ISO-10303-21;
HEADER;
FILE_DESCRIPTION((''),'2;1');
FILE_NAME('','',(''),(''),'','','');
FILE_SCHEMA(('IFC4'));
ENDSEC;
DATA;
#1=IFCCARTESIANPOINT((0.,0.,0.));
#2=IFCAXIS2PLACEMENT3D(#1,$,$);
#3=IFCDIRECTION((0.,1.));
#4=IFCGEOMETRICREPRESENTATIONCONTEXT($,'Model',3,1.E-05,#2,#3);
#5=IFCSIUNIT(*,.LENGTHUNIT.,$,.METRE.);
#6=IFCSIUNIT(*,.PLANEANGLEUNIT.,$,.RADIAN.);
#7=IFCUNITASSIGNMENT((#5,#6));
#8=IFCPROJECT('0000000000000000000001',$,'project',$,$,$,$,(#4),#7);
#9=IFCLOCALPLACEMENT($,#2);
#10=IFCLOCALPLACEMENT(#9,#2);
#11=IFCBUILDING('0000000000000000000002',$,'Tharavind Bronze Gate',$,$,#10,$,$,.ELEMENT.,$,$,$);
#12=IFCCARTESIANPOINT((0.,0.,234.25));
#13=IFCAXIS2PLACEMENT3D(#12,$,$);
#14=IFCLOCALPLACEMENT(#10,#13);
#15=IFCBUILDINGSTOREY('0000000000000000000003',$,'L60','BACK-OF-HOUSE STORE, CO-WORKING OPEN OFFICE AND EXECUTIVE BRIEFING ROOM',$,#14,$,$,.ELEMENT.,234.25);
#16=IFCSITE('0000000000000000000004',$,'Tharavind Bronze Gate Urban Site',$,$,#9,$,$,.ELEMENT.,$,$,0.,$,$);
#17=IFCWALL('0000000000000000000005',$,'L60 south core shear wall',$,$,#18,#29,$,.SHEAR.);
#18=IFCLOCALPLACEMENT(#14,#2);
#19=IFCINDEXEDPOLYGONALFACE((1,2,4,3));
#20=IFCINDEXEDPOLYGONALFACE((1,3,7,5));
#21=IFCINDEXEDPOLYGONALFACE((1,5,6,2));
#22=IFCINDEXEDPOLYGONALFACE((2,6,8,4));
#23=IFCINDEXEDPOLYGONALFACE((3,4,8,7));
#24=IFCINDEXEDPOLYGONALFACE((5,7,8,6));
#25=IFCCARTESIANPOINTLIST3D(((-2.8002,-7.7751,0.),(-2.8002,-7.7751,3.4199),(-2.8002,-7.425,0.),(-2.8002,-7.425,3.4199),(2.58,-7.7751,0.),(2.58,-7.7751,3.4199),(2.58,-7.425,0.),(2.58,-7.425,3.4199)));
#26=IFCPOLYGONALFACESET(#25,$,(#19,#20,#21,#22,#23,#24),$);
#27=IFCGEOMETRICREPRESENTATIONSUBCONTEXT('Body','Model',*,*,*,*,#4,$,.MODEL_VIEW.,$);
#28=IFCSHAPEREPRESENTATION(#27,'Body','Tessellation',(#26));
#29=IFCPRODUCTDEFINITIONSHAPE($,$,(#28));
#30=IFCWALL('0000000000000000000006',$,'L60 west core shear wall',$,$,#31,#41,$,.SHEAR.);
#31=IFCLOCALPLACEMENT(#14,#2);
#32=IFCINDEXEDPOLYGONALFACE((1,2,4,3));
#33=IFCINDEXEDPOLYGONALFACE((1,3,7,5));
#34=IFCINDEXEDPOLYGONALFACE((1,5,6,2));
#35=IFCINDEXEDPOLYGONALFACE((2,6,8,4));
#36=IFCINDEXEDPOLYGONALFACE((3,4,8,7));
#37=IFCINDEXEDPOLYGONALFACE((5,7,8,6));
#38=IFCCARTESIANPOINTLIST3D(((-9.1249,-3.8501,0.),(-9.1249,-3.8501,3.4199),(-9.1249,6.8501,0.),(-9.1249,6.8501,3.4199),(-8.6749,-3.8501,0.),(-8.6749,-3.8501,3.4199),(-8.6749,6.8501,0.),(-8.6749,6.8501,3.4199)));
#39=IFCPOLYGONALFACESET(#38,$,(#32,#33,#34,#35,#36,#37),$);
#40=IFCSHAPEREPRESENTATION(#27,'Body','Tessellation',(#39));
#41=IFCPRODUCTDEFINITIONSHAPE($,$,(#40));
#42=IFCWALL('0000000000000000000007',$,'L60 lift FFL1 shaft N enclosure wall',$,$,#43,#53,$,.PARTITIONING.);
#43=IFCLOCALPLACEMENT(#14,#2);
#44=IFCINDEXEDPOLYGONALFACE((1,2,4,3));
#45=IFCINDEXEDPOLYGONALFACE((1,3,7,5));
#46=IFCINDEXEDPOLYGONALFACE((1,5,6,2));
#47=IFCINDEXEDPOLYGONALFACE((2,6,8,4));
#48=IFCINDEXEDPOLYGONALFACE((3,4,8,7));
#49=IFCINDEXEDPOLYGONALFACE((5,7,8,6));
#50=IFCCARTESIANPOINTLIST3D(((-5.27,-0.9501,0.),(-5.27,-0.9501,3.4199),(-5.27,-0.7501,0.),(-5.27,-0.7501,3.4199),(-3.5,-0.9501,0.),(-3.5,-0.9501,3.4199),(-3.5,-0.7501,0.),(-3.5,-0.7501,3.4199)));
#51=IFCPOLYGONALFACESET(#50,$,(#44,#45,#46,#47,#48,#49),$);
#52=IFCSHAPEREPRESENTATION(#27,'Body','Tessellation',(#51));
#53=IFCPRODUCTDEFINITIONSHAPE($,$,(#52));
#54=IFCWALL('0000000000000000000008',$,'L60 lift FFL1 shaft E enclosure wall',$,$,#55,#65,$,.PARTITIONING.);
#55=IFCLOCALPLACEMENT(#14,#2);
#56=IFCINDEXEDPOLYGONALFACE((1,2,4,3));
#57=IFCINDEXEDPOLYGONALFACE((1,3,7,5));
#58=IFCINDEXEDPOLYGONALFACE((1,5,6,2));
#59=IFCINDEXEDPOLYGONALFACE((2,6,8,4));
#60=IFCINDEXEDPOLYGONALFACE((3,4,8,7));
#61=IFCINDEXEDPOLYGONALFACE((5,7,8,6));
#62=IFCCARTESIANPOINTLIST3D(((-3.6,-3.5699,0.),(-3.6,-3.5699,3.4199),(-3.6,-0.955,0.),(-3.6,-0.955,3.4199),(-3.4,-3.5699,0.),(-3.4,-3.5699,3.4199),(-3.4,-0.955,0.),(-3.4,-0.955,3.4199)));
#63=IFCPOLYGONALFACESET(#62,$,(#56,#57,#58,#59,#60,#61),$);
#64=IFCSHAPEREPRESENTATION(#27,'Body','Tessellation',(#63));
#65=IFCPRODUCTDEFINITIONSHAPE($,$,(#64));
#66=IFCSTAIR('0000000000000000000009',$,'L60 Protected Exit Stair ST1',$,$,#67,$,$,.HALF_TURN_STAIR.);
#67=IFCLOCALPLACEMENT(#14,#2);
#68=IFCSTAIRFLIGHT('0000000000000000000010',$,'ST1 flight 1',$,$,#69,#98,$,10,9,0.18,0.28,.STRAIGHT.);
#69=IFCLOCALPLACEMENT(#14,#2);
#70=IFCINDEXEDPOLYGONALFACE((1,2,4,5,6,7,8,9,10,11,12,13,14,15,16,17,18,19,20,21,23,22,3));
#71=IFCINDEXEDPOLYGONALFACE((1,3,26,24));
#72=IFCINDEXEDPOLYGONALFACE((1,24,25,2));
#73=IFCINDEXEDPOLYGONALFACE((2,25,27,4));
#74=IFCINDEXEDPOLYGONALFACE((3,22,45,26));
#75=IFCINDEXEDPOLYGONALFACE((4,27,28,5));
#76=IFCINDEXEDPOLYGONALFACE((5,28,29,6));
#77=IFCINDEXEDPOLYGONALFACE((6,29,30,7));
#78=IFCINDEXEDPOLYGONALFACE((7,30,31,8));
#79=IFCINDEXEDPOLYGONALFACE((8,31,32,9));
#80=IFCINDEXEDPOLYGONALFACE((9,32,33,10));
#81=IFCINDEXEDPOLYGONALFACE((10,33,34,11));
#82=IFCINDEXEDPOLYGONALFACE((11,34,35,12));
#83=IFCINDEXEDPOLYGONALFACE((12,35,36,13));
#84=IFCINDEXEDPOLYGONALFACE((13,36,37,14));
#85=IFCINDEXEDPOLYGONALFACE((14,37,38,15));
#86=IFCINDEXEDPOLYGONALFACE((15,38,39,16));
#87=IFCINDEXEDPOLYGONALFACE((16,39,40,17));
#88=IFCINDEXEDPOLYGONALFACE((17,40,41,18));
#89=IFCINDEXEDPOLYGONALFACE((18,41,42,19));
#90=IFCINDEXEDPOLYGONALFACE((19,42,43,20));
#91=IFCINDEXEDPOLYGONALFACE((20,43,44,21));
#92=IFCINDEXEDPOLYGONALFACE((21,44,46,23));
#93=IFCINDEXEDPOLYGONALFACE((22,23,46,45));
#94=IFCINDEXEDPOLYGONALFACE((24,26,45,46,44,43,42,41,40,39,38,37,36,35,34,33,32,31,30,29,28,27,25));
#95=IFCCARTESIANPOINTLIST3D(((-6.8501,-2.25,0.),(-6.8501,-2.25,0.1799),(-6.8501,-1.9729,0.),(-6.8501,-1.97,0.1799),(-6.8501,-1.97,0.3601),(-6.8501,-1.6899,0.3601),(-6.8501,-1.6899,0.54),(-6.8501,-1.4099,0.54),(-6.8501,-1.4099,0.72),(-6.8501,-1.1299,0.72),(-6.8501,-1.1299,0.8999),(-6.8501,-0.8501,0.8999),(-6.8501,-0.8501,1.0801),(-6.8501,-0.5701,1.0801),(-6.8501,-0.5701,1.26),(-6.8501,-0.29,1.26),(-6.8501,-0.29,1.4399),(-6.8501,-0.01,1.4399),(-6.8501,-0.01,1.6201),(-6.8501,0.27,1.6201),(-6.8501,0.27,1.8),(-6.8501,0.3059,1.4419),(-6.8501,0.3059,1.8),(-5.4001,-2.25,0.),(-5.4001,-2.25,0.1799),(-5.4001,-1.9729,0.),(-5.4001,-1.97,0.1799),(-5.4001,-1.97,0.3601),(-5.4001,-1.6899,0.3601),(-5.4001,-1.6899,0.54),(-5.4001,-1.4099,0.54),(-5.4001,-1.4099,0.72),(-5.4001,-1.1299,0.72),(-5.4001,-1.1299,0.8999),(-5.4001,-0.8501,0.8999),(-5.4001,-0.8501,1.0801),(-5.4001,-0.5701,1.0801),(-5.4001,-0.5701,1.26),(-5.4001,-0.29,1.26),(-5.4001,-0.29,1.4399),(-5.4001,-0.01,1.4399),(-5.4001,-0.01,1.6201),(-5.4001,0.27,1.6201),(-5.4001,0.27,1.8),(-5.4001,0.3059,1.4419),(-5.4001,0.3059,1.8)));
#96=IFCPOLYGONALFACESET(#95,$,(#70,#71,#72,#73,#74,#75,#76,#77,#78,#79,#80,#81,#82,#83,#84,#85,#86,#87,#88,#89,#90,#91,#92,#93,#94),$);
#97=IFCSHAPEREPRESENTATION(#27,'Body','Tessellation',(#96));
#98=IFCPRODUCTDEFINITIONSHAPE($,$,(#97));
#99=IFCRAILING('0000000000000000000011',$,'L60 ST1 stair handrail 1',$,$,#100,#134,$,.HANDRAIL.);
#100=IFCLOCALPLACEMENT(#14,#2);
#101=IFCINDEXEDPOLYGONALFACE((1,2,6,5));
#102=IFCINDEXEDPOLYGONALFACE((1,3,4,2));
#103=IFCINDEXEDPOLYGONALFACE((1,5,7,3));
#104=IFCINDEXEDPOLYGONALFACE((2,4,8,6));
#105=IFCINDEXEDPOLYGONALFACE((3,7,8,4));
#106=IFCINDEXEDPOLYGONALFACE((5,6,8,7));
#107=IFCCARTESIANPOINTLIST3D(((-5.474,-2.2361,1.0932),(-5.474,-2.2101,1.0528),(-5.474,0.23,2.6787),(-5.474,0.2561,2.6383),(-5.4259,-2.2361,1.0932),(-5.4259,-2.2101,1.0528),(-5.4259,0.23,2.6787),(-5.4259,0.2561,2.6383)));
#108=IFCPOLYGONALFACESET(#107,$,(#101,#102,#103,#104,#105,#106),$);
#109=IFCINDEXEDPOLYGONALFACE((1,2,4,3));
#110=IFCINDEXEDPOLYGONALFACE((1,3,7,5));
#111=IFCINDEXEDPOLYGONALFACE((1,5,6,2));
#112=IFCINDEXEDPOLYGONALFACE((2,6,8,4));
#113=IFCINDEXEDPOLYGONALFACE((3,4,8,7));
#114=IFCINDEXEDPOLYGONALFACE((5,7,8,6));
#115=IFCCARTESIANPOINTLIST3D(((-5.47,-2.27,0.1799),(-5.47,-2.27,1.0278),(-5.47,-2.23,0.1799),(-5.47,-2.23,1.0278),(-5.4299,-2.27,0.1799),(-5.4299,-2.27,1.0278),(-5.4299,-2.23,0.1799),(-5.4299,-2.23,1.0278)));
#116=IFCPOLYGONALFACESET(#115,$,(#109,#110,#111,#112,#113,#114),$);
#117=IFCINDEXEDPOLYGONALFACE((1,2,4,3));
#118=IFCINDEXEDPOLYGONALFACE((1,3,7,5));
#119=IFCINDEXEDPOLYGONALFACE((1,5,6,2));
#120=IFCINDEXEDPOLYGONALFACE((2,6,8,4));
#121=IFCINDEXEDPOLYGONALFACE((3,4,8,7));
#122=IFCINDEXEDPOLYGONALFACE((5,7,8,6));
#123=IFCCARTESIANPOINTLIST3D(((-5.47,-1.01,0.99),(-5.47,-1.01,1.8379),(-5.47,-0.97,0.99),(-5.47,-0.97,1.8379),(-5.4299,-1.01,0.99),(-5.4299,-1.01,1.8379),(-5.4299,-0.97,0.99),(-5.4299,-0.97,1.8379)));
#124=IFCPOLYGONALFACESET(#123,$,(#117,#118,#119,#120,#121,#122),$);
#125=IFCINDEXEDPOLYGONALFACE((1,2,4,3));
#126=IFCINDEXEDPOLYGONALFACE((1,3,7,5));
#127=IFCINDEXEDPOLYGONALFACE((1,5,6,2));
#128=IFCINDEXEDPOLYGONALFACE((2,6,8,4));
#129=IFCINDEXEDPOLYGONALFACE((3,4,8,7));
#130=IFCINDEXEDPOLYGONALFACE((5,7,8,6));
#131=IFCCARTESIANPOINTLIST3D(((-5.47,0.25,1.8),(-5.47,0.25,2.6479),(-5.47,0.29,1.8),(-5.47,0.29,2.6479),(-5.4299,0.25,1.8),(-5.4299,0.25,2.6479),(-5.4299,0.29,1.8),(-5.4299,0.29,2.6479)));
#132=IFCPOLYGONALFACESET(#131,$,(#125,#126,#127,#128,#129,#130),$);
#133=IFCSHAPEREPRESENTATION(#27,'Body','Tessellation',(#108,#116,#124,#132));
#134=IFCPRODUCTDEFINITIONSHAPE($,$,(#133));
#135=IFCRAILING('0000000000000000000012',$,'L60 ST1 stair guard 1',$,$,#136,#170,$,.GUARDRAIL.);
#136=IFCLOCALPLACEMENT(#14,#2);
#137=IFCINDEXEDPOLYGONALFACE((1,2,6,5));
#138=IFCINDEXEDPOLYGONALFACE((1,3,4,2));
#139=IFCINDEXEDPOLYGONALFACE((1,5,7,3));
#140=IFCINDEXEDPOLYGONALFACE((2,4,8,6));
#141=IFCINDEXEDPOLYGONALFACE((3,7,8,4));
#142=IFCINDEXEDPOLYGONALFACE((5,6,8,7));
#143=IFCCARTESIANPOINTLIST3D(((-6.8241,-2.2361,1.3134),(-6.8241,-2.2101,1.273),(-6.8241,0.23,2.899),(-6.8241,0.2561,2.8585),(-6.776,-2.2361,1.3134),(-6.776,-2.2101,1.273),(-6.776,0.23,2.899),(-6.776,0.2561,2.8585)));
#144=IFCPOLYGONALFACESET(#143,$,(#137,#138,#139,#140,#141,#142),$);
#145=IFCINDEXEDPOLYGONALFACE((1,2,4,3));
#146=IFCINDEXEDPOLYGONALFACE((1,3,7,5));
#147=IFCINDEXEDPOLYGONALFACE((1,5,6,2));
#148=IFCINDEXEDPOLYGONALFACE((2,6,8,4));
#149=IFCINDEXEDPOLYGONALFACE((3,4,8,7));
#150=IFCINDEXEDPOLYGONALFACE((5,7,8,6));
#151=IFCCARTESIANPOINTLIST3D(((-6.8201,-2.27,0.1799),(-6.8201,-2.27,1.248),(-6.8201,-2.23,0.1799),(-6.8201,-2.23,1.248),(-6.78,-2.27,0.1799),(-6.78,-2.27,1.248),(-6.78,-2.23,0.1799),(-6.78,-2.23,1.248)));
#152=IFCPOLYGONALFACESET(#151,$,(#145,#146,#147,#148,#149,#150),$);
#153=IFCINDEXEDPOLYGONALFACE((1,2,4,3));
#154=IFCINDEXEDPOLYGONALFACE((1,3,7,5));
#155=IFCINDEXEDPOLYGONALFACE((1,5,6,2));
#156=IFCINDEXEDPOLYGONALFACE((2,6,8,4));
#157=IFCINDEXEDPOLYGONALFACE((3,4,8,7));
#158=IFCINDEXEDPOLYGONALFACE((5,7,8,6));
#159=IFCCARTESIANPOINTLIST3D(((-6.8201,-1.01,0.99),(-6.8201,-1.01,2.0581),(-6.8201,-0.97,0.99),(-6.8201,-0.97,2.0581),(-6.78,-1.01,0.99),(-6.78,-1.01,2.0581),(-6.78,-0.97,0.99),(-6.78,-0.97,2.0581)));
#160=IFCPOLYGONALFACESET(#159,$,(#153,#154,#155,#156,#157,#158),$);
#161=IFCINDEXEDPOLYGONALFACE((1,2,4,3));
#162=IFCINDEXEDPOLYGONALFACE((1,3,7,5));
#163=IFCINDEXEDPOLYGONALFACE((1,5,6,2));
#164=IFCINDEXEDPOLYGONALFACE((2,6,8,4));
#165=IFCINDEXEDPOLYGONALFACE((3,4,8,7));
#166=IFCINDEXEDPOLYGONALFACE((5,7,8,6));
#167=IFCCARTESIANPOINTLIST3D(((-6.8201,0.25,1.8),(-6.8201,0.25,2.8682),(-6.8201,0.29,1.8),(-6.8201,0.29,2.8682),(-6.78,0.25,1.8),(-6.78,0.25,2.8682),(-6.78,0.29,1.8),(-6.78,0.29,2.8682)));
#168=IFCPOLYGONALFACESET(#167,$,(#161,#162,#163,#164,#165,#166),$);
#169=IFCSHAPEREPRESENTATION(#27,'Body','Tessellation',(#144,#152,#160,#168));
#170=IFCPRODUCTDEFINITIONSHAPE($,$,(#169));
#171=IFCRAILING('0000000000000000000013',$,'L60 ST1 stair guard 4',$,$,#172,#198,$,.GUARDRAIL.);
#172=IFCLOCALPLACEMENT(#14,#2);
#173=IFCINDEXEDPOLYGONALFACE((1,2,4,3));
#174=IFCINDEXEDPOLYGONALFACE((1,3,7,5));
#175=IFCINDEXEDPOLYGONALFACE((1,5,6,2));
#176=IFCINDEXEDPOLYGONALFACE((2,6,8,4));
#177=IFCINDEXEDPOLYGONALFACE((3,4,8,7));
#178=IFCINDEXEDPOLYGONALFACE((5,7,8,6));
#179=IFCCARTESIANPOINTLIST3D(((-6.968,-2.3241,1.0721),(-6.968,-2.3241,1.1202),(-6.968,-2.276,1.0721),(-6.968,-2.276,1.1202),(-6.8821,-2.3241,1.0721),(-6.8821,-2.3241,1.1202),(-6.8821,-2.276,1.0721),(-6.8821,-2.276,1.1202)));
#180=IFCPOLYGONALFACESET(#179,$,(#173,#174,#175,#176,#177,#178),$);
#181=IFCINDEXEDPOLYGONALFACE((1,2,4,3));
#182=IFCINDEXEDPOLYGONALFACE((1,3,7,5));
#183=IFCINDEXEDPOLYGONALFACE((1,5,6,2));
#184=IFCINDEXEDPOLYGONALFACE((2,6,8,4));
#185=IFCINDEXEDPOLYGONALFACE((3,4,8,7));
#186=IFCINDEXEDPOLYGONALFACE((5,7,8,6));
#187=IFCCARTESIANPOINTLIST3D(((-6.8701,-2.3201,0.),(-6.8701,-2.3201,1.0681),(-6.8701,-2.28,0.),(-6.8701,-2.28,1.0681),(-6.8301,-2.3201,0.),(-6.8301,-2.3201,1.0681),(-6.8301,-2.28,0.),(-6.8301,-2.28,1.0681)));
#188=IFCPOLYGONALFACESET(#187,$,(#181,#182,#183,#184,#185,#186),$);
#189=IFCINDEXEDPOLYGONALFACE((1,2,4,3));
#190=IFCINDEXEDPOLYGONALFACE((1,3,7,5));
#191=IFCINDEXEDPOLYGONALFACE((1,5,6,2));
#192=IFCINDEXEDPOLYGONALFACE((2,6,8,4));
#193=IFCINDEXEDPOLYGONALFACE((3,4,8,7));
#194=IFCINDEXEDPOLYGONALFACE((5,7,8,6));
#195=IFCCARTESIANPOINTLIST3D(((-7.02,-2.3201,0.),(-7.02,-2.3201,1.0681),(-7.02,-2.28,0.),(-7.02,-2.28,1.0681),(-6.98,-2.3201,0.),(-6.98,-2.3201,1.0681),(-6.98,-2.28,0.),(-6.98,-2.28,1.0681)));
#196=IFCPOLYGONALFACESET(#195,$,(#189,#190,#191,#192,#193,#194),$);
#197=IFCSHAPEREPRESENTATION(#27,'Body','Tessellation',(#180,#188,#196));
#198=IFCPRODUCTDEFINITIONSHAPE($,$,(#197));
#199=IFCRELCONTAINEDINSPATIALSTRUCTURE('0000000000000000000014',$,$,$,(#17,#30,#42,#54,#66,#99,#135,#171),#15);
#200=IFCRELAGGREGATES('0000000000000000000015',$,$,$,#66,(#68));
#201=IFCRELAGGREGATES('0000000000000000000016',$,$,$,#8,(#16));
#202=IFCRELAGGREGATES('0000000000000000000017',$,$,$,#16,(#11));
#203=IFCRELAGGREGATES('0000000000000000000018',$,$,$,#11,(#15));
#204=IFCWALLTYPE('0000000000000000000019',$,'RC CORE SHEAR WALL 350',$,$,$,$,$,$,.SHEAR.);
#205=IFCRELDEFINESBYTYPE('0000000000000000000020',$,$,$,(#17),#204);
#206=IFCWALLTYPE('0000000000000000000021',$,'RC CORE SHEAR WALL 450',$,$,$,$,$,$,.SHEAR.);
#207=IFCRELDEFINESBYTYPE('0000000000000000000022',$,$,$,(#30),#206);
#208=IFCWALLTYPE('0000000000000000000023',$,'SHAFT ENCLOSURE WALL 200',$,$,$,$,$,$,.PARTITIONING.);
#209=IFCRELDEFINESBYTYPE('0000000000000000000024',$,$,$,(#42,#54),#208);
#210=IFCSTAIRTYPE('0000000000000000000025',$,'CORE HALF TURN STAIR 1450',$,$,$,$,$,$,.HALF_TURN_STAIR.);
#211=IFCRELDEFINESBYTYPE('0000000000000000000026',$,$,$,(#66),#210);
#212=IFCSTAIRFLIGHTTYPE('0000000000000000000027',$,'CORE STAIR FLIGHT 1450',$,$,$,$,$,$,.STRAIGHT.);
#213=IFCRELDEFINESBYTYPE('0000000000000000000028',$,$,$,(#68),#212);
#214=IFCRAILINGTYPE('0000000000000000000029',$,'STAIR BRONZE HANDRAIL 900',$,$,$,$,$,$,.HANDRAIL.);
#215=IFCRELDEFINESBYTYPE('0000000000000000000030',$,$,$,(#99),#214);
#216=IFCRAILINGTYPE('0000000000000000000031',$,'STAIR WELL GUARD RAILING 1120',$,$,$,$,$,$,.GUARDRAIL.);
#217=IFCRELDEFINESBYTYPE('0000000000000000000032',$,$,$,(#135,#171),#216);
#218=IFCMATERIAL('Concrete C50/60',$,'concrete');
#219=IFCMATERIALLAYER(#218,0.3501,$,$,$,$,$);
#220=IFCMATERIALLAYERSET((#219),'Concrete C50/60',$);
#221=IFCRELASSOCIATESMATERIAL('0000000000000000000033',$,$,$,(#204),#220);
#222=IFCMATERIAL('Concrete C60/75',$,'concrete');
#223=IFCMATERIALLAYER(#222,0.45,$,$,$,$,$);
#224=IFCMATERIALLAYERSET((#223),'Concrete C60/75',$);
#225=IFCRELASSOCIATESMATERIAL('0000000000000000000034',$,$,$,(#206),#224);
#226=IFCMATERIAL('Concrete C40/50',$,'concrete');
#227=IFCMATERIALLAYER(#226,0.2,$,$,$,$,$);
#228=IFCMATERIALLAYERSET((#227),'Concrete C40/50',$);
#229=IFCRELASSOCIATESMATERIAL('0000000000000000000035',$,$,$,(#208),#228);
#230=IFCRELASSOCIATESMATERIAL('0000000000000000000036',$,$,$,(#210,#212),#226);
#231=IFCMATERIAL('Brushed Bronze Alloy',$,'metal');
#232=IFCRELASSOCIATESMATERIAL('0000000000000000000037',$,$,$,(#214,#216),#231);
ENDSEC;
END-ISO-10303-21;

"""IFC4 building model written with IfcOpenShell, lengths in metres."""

from ifc_helpers import new_model, si_unit, direction, frame, frame_2d, origin, origin_2d, place, context, subcontext, project, spatial, polyline, rectangle, outline, extrude, material, layer, layer_set, type_object, element, aggregate, save


model = new_model("IFC4")

# Units and contexts
model_context = context("Model", 3, precision=1e-05, world=origin(), true_north=direction((0.0, 1.0)))
body_context = subcontext(model_context, "Body", "Model", "MODEL_VIEW")
ifc_project = project(units=[si_unit("LENGTHUNIT", "METRE"), si_unit("PLANEANGLEUNIT", "RADIAN")], contexts=[model_context])

# Site, building, storey
site_placement = place(None, origin())
site = spatial("IfcSite", under=ifc_project, at=site_placement, Name="Tharavind Bronze Gate Urban Site", CompositionType="ELEMENT", RefElevation=0.0)
building_placement = place(site_placement, origin())
building = spatial("IfcBuilding", under=site, at=building_placement, Name="Tharavind Bronze Gate", CompositionType="ELEMENT")
storey_placement = place(building_placement, frame((0.0, 0.0, 234.25)))
storey = spatial("IfcBuildingStorey", under=building, at=storey_placement, Name="L60", Description="BACK-OF-HOUSE STORE, CO-WORKING OPEN OFFICE AND EXECUTIVE BRIEFING ROOM", CompositionType="ELEMENT", Elevation=234.25)

# Shared definitions
ifc_material_1 = material(Name="Concrete C50/60", Category="concrete")

# Walls
ifc_layer_1 = layer(ifc_material_1, 0.3501)
ifc_layer_set_1 = layer_set([ifc_layer_1], Name="Concrete C50/60")
wall_type_1 = type_object("IfcWallType", Name="RC CORE SHEAR WALL 350", PredefinedType="SHEAR", material=ifc_layer_set_1)
wall_1_placement = place(storey_placement, frame((-2.8, -7.6001, 0.0), z_axis=(0.0, 0.0, 1.0), x_axis=(1.0, 0.0, 0.0)))
element("IfcWall", 1, at=wall_1_placement, inside=storey, type_object=wall_type_1, Name="L60 south core shear wall", PredefinedType="SHEAR", context=body_context, shape_type="SweptSolid", body=[
    extrude(rectangle(XDim=5.3801, YDim=0.3501, at=frame_2d((2.6899, 0.0))), origin(), (0.0, 0.0, 1.0), 3.4199),
])
ifc_material_2 = material(Name="Concrete C60/75", Category="concrete")
ifc_layer_2 = layer(ifc_material_2, 0.45)
ifc_layer_set_2 = layer_set([ifc_layer_2], Name="Concrete C60/75")
wall_type_2 = type_object("IfcWallType", Name="RC CORE SHEAR WALL 450", PredefinedType="SHEAR", material=ifc_layer_set_2)
wall_2_placement = place(storey_placement, frame((-8.8999, -3.8501, 0.0), z_axis=(0.0, 0.0, 1.0), x_axis=(0.0, 1.0, 0.0)))
element("IfcWall", 2, at=wall_2_placement, inside=storey, type_object=wall_type_2, Name="L60 west core shear wall", PredefinedType="SHEAR", context=body_context, shape_type="SweptSolid", body=[
    extrude(rectangle(XDim=10.7002, YDim=0.45, at=frame_2d((5.3501, 0.0))), origin(), (0.0, 0.0, 1.0), 3.4199),
])
ifc_material_3 = material(Name="Concrete C40/50", Category="concrete")
ifc_layer_3 = layer(ifc_material_3, 0.2)
ifc_layer_set_3 = layer_set([ifc_layer_3], Name="Concrete C40/50")
wall_type_3 = type_object("IfcWallType", Name="SHAFT ENCLOSURE WALL 200", PredefinedType="PARTITIONING", material=ifc_layer_set_3)
wall_3_placement = place(storey_placement, frame((-5.27, -0.8501, 0.0), z_axis=(0.0, 0.0, 1.0), x_axis=(1.0, 0.0, 0.0)))
element("IfcWall", 3, at=wall_3_placement, inside=storey, type_object=wall_type_3, Name="L60 lift FFL1 shaft N enclosure wall", PredefinedType="PARTITIONING", context=body_context, shape_type="SweptSolid", body=[
    extrude(rectangle(XDim=1.77, YDim=0.2, at=frame_2d((0.885, 0.0))), origin(), (0.0, 0.0, 1.0), 3.4199),
])
wall_4_placement = place(storey_placement, frame((-3.5, -3.5701, 0.0), z_axis=(0.0, 0.0, 1.0), x_axis=(0.0, 1.0, 0.0)))
element("IfcWall", 4, at=wall_4_placement, inside=storey, type_object=wall_type_3, Name="L60 lift FFL1 shaft E enclosure wall", PredefinedType="PARTITIONING", context=body_context, shape_type="SweptSolid", body=[
    extrude(rectangle(XDim=2.615, YDim=0.2, at=frame_2d((1.3076, 0.0))), origin(), (0.0, 0.0, 1.0), 3.4199),
])

# Stair, stair flight
stair_type = type_object("IfcStairType", Name="CORE HALF TURN STAIR 1450", PredefinedType="HALF_TURN_STAIR", material=ifc_material_3)
stair_placement = place(storey_placement, origin())
stair = element("IfcStair", 5, at=stair_placement, inside=storey, type_object=stair_type, Name="L60 Protected Exit Stair ST1", PredefinedType="HALF_TURN_STAIR")
stair_flight_type = type_object("IfcStairFlightType", Name="CORE STAIR FLIGHT 1450", PredefinedType="STRAIGHT", material=ifc_material_3)
stair_flight_placement = place(storey_placement, frame((-6.125, -2.25, 0.0), z_axis=(0.0, 0.0, 1.0), x_axis=(0.0, 1.0, 0.0)))
stair_flight = element("IfcStairFlight", 6, at=stair_flight_placement, type_object=stair_flight_type, Name="ST1 flight 1", NumberOfRisers=10, NumberOfTreads=9, PredefinedType="STRAIGHT", RiserHeight=0.18, TreadLength=0.28, context=body_context, shape_type="SweptSolid", body=[
    extrude(outline(polyline([(0.0, 0.0), (0.0, 0.1799), (0.28, 0.1799), (0.28, 0.3601), (0.5601, 0.3601), (0.5601, 0.54), (0.8401, 0.54), (0.8401, 0.72), (1.1201, 0.72), (1.1201, 0.8999), (1.3999, 0.8999), (1.3999, 1.0801), (1.6799, 1.0801), (1.6799, 1.26), (1.96, 1.26), (1.96, 1.4399), (2.24, 1.4399), (2.24, 1.6201), (2.52, 1.6201), (2.52, 1.8), (2.5559, 1.8), (2.5559, 1.4419), (0.2771, 0.0), (0.0, 0.0)])), frame((0.0, 0.7251, 0.0), z_axis=(0.0, -1.0, 0.0), x_axis=(1.0, 0.0, 0.0)), (0.0, 0.0, 1.0), 1.45),
])
aggregate(stair, [stair_flight])

# Railings
ifc_material_4 = material(Name="Brushed Bronze Alloy", Category="metal")
railing_type_1 = type_object("IfcRailingType", Name="STAIR BRONZE HANDRAIL 900", PredefinedType="HANDRAIL", material=ifc_material_4)
railing_1_placement = place(storey_placement, frame((-5.45, -2.25, 0.1799)))
element("IfcRailing", 7, at=railing_1_placement, inside=storey, type_object=railing_type_1, Name="L60 ST1 stair handrail 1", PredefinedType="HANDRAIL", context=body_context, shape_type="SweptSolid", body=[
    extrude(rectangle(XDim=0.0481, YDim=0.0481, at=origin_2d()), frame((0.0, 0.0269, 0.8931), z_axis=(0.0, 0.841163, 0.540782), x_axis=(-1.0, 0.0, 0.0)), (0.0, 0.0, 1.0), 2.9319),
    extrude(rectangle(XDim=0.04, YDim=0.04, at=origin_2d()), origin(), (0.0, 0.0, 1.0), 0.8479),
    extrude(rectangle(XDim=0.04, YDim=0.04, at=origin_2d()), frame((0.0, 1.26, 0.8101)), (0.0, 0.0, 1.0), 0.8479),
    extrude(rectangle(XDim=0.04, YDim=0.04, at=origin_2d()), frame((0.0, 2.52, 1.6201)), (0.0, 0.0, 1.0), 0.8479),
])
railing_type_2 = type_object("IfcRailingType", Name="STAIR WELL GUARD RAILING 1120", PredefinedType="GUARDRAIL", material=ifc_material_4)
railing_2_placement = place(storey_placement, frame((-6.8, -2.25, 0.1799)))
element("IfcRailing", 8, at=railing_2_placement, inside=storey, type_object=railing_type_2, Name="L60 ST1 stair guard 1", PredefinedType="GUARDRAIL", context=body_context, shape_type="SweptSolid", body=[
    extrude(rectangle(XDim=0.0481, YDim=0.0481, at=origin_2d()), frame((0.0, 0.0269, 1.1133), z_axis=(0.0, 0.841163, 0.540782), x_axis=(-1.0, 0.0, 0.0)), (0.0, 0.0, 1.0), 2.9319),
    extrude(rectangle(XDim=0.04, YDim=0.04, at=origin_2d()), origin(), (0.0, 0.0, 1.0), 1.0681),
    extrude(rectangle(XDim=0.04, YDim=0.04, at=origin_2d()), frame((0.0, 1.26, 0.8101)), (0.0, 0.0, 1.0), 1.0681),
    extrude(rectangle(XDim=0.04, YDim=0.04, at=origin_2d()), frame((0.0, 2.52, 1.6201)), (0.0, 0.0, 1.0), 1.0681),
])
railing_3_placement = place(storey_placement, frame((-6.8501, -2.3, 0.0)))
element("IfcRailing", 9, at=railing_3_placement, inside=storey, type_object=railing_type_2, Name="L60 ST1 stair guard 4", PredefinedType="GUARDRAIL", context=body_context, shape_type="SweptSolid", body=[
    extrude(rectangle(XDim=0.0481, YDim=0.0481, at=origin_2d()), frame((-0.032, 0.0, 1.0962), z_axis=(-1.0, 0.0, 0.0), x_axis=(0.0, -1.0, 0.0)), (0.0, 0.0, 1.0), 0.0859),
    extrude(rectangle(XDim=0.04, YDim=0.04, at=origin_2d()), origin(), (0.0, 0.0, 1.0), 1.0681),
    extrude(rectangle(XDim=0.04, YDim=0.04, at=origin_2d()), frame((-0.1499, 0.0, 0.0)), (0.0, 0.0, 1.0), 1.0681),
])

save(model, "model.ifc")
